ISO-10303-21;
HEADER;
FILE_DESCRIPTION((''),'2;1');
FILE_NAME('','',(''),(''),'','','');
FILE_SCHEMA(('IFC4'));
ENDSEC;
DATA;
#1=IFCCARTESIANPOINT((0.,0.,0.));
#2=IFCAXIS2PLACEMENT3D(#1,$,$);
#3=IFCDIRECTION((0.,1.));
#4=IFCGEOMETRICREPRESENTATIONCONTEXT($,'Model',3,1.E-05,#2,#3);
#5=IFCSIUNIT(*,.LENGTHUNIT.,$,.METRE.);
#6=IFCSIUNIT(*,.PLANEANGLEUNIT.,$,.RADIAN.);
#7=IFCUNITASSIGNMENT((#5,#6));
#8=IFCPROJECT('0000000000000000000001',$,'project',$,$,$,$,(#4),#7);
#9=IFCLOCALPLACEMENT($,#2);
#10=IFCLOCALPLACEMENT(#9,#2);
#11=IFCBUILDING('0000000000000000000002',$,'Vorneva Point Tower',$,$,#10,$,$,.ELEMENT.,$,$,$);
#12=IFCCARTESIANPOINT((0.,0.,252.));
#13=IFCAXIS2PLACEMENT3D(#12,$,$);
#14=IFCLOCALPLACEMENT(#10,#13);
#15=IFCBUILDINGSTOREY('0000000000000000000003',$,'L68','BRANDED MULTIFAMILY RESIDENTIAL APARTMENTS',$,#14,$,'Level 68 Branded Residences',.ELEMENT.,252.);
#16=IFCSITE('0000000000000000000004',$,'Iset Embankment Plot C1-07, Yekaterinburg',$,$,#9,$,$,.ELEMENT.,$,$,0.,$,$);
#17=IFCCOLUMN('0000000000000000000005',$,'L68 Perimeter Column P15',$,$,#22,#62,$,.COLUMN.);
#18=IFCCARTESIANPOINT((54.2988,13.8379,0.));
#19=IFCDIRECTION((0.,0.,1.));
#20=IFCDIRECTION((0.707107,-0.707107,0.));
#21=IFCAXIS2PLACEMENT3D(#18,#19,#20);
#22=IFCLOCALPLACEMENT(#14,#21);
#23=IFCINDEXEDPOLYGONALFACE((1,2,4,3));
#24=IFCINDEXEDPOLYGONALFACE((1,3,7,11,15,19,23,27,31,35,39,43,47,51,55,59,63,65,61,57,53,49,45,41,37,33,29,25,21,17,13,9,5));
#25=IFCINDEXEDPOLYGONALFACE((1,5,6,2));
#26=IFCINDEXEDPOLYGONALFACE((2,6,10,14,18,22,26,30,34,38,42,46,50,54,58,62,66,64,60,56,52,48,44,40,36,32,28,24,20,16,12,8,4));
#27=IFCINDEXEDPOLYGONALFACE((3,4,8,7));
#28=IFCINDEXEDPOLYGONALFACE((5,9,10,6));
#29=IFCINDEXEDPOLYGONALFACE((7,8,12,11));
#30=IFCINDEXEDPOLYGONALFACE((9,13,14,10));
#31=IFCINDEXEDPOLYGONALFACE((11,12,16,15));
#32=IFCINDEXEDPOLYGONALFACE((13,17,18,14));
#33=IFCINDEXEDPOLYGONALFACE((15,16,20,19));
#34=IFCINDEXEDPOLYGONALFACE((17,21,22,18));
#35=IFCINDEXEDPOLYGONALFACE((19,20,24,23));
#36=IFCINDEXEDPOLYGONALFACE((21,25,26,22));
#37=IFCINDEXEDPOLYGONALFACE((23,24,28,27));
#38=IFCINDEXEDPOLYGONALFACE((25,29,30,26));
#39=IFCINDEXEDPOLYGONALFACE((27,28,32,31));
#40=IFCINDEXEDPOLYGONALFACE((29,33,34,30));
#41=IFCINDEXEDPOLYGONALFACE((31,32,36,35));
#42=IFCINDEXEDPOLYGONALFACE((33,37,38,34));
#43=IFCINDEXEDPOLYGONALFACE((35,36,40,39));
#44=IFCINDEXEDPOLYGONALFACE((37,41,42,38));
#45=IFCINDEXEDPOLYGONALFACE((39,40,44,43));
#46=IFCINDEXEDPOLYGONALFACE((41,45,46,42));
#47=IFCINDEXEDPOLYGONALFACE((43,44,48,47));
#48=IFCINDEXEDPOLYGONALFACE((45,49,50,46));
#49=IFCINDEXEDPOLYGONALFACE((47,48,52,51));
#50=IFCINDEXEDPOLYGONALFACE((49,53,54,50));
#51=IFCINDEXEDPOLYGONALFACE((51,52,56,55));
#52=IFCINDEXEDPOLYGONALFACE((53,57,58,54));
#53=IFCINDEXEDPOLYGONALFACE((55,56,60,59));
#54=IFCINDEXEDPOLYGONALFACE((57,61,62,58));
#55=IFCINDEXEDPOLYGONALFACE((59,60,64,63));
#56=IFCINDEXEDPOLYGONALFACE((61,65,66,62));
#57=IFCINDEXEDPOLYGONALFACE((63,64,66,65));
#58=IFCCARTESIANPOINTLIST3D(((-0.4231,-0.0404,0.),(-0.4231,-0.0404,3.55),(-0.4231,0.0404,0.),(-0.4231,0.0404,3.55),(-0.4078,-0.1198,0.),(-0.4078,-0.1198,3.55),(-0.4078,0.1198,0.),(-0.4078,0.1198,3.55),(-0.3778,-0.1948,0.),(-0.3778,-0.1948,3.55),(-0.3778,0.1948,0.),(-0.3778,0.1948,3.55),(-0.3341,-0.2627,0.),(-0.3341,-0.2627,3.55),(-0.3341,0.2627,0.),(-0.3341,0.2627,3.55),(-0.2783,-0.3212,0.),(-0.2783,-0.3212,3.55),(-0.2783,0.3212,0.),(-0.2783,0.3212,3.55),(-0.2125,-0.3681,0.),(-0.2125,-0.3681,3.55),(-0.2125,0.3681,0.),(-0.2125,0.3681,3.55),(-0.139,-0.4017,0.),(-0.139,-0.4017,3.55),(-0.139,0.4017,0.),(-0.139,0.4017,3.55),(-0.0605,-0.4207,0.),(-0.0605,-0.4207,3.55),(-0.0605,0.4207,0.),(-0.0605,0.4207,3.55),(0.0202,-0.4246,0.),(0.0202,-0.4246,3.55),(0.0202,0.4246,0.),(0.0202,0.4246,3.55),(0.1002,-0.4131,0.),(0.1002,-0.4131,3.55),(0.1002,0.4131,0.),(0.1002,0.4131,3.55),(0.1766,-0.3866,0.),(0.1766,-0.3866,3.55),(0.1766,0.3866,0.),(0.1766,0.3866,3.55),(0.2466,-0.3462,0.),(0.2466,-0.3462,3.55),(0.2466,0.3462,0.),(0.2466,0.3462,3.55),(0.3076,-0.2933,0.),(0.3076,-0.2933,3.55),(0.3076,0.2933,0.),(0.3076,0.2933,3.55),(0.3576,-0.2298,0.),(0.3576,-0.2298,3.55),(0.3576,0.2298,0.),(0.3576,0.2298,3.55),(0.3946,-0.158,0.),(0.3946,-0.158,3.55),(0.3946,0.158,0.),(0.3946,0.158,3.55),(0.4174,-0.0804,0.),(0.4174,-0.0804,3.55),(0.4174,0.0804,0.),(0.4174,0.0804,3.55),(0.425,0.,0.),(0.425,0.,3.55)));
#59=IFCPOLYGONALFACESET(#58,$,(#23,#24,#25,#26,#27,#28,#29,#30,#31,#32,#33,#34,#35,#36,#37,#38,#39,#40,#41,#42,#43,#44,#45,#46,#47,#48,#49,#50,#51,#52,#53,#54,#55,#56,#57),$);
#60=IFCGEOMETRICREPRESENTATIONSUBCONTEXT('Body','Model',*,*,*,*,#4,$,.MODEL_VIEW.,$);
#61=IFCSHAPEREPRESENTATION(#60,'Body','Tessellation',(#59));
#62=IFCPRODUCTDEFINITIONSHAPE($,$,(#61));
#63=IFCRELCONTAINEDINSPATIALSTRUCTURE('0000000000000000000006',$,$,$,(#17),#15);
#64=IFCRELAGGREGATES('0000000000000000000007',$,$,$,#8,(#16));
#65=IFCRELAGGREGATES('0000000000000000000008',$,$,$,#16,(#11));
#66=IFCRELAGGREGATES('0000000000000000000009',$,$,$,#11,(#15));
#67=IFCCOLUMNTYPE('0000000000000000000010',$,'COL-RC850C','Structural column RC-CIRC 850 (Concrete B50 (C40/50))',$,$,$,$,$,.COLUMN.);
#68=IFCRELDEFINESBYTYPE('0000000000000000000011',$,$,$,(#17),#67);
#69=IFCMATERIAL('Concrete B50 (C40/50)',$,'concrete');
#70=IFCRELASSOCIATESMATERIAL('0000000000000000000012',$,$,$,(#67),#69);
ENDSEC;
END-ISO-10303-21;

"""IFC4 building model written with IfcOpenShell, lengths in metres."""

from ifc_helpers import new_model, si_unit, direction, frame, origin, origin_2d, place, context, subcontext, project, spatial, circle, extrude, material, material_profile, profile_set, type_object, element, save


model = new_model("IFC4")

# Units and contexts
model_context = context("Model", 3, precision=1e-05, world=origin(), true_north=direction((0.0, 1.0)))
body_context = subcontext(model_context, "Body", "Model", "MODEL_VIEW")
ifc_project = project(units=[si_unit("LENGTHUNIT", "METRE"), si_unit("PLANEANGLEUNIT", "RADIAN")], contexts=[model_context])

# Site, building, storey
site_placement = place(None, origin())
site = spatial("IfcSite", under=ifc_project, at=site_placement, Name="Iset Embankment Plot C1-07, Yekaterinburg", CompositionType="ELEMENT", RefElevation=0.0)
building_placement = place(site_placement, origin())
building = spatial("IfcBuilding", under=site, at=building_placement, Name="Vorneva Point Tower", CompositionType="ELEMENT")
storey_placement = place(building_placement, frame((0.0, 0.0, 252.0)))
storey = spatial("IfcBuildingStorey", under=building, at=storey_placement, Name="L68", Description="BRANDED MULTIFAMILY RESIDENTIAL APARTMENTS", LongName="Level 68 Branded Residences", CompositionType="ELEMENT", Elevation=252.0)

# Column
ifc_material_1 = material(Name="Concrete B50 (C40/50)", Category="concrete")
ifc_material_profile_1 = material_profile(ifc_material_1, circle(Radius=0.425, at=origin_2d()), Name="RC-CIRC 850")
ifc_profile_set_1 = profile_set([ifc_material_profile_1], Name="Concrete B50 (C40/50)")
column_type = type_object("IfcColumnType", Name="COL-RC850C", Description="Structural column RC-CIRC 850 (Concrete B50 (C40/50))", PredefinedType="COLUMN", material=ifc_profile_set_1)
for number, where, z_axis, x_axis, name in (
    (1, (54.2988, 13.8379, 0.0), (0.0, 0.0, 1.0), (0.707107, -0.707107, 0.0), "L68 Perimeter Column P15"),
):
    element("IfcColumn", number, at=place(storey_placement, frame(where, z_axis=z_axis, x_axis=x_axis)), inside=storey, type_object=column_type, Name=name, PredefinedType="COLUMN", context=body_context, shape_type="SweptSolid", body=[
        extrude(circle(Radius=0.425, at=origin_2d()), origin(), (0.0, 0.0, 1.0), 3.55),
    ])

save(model, "model.ifc")
